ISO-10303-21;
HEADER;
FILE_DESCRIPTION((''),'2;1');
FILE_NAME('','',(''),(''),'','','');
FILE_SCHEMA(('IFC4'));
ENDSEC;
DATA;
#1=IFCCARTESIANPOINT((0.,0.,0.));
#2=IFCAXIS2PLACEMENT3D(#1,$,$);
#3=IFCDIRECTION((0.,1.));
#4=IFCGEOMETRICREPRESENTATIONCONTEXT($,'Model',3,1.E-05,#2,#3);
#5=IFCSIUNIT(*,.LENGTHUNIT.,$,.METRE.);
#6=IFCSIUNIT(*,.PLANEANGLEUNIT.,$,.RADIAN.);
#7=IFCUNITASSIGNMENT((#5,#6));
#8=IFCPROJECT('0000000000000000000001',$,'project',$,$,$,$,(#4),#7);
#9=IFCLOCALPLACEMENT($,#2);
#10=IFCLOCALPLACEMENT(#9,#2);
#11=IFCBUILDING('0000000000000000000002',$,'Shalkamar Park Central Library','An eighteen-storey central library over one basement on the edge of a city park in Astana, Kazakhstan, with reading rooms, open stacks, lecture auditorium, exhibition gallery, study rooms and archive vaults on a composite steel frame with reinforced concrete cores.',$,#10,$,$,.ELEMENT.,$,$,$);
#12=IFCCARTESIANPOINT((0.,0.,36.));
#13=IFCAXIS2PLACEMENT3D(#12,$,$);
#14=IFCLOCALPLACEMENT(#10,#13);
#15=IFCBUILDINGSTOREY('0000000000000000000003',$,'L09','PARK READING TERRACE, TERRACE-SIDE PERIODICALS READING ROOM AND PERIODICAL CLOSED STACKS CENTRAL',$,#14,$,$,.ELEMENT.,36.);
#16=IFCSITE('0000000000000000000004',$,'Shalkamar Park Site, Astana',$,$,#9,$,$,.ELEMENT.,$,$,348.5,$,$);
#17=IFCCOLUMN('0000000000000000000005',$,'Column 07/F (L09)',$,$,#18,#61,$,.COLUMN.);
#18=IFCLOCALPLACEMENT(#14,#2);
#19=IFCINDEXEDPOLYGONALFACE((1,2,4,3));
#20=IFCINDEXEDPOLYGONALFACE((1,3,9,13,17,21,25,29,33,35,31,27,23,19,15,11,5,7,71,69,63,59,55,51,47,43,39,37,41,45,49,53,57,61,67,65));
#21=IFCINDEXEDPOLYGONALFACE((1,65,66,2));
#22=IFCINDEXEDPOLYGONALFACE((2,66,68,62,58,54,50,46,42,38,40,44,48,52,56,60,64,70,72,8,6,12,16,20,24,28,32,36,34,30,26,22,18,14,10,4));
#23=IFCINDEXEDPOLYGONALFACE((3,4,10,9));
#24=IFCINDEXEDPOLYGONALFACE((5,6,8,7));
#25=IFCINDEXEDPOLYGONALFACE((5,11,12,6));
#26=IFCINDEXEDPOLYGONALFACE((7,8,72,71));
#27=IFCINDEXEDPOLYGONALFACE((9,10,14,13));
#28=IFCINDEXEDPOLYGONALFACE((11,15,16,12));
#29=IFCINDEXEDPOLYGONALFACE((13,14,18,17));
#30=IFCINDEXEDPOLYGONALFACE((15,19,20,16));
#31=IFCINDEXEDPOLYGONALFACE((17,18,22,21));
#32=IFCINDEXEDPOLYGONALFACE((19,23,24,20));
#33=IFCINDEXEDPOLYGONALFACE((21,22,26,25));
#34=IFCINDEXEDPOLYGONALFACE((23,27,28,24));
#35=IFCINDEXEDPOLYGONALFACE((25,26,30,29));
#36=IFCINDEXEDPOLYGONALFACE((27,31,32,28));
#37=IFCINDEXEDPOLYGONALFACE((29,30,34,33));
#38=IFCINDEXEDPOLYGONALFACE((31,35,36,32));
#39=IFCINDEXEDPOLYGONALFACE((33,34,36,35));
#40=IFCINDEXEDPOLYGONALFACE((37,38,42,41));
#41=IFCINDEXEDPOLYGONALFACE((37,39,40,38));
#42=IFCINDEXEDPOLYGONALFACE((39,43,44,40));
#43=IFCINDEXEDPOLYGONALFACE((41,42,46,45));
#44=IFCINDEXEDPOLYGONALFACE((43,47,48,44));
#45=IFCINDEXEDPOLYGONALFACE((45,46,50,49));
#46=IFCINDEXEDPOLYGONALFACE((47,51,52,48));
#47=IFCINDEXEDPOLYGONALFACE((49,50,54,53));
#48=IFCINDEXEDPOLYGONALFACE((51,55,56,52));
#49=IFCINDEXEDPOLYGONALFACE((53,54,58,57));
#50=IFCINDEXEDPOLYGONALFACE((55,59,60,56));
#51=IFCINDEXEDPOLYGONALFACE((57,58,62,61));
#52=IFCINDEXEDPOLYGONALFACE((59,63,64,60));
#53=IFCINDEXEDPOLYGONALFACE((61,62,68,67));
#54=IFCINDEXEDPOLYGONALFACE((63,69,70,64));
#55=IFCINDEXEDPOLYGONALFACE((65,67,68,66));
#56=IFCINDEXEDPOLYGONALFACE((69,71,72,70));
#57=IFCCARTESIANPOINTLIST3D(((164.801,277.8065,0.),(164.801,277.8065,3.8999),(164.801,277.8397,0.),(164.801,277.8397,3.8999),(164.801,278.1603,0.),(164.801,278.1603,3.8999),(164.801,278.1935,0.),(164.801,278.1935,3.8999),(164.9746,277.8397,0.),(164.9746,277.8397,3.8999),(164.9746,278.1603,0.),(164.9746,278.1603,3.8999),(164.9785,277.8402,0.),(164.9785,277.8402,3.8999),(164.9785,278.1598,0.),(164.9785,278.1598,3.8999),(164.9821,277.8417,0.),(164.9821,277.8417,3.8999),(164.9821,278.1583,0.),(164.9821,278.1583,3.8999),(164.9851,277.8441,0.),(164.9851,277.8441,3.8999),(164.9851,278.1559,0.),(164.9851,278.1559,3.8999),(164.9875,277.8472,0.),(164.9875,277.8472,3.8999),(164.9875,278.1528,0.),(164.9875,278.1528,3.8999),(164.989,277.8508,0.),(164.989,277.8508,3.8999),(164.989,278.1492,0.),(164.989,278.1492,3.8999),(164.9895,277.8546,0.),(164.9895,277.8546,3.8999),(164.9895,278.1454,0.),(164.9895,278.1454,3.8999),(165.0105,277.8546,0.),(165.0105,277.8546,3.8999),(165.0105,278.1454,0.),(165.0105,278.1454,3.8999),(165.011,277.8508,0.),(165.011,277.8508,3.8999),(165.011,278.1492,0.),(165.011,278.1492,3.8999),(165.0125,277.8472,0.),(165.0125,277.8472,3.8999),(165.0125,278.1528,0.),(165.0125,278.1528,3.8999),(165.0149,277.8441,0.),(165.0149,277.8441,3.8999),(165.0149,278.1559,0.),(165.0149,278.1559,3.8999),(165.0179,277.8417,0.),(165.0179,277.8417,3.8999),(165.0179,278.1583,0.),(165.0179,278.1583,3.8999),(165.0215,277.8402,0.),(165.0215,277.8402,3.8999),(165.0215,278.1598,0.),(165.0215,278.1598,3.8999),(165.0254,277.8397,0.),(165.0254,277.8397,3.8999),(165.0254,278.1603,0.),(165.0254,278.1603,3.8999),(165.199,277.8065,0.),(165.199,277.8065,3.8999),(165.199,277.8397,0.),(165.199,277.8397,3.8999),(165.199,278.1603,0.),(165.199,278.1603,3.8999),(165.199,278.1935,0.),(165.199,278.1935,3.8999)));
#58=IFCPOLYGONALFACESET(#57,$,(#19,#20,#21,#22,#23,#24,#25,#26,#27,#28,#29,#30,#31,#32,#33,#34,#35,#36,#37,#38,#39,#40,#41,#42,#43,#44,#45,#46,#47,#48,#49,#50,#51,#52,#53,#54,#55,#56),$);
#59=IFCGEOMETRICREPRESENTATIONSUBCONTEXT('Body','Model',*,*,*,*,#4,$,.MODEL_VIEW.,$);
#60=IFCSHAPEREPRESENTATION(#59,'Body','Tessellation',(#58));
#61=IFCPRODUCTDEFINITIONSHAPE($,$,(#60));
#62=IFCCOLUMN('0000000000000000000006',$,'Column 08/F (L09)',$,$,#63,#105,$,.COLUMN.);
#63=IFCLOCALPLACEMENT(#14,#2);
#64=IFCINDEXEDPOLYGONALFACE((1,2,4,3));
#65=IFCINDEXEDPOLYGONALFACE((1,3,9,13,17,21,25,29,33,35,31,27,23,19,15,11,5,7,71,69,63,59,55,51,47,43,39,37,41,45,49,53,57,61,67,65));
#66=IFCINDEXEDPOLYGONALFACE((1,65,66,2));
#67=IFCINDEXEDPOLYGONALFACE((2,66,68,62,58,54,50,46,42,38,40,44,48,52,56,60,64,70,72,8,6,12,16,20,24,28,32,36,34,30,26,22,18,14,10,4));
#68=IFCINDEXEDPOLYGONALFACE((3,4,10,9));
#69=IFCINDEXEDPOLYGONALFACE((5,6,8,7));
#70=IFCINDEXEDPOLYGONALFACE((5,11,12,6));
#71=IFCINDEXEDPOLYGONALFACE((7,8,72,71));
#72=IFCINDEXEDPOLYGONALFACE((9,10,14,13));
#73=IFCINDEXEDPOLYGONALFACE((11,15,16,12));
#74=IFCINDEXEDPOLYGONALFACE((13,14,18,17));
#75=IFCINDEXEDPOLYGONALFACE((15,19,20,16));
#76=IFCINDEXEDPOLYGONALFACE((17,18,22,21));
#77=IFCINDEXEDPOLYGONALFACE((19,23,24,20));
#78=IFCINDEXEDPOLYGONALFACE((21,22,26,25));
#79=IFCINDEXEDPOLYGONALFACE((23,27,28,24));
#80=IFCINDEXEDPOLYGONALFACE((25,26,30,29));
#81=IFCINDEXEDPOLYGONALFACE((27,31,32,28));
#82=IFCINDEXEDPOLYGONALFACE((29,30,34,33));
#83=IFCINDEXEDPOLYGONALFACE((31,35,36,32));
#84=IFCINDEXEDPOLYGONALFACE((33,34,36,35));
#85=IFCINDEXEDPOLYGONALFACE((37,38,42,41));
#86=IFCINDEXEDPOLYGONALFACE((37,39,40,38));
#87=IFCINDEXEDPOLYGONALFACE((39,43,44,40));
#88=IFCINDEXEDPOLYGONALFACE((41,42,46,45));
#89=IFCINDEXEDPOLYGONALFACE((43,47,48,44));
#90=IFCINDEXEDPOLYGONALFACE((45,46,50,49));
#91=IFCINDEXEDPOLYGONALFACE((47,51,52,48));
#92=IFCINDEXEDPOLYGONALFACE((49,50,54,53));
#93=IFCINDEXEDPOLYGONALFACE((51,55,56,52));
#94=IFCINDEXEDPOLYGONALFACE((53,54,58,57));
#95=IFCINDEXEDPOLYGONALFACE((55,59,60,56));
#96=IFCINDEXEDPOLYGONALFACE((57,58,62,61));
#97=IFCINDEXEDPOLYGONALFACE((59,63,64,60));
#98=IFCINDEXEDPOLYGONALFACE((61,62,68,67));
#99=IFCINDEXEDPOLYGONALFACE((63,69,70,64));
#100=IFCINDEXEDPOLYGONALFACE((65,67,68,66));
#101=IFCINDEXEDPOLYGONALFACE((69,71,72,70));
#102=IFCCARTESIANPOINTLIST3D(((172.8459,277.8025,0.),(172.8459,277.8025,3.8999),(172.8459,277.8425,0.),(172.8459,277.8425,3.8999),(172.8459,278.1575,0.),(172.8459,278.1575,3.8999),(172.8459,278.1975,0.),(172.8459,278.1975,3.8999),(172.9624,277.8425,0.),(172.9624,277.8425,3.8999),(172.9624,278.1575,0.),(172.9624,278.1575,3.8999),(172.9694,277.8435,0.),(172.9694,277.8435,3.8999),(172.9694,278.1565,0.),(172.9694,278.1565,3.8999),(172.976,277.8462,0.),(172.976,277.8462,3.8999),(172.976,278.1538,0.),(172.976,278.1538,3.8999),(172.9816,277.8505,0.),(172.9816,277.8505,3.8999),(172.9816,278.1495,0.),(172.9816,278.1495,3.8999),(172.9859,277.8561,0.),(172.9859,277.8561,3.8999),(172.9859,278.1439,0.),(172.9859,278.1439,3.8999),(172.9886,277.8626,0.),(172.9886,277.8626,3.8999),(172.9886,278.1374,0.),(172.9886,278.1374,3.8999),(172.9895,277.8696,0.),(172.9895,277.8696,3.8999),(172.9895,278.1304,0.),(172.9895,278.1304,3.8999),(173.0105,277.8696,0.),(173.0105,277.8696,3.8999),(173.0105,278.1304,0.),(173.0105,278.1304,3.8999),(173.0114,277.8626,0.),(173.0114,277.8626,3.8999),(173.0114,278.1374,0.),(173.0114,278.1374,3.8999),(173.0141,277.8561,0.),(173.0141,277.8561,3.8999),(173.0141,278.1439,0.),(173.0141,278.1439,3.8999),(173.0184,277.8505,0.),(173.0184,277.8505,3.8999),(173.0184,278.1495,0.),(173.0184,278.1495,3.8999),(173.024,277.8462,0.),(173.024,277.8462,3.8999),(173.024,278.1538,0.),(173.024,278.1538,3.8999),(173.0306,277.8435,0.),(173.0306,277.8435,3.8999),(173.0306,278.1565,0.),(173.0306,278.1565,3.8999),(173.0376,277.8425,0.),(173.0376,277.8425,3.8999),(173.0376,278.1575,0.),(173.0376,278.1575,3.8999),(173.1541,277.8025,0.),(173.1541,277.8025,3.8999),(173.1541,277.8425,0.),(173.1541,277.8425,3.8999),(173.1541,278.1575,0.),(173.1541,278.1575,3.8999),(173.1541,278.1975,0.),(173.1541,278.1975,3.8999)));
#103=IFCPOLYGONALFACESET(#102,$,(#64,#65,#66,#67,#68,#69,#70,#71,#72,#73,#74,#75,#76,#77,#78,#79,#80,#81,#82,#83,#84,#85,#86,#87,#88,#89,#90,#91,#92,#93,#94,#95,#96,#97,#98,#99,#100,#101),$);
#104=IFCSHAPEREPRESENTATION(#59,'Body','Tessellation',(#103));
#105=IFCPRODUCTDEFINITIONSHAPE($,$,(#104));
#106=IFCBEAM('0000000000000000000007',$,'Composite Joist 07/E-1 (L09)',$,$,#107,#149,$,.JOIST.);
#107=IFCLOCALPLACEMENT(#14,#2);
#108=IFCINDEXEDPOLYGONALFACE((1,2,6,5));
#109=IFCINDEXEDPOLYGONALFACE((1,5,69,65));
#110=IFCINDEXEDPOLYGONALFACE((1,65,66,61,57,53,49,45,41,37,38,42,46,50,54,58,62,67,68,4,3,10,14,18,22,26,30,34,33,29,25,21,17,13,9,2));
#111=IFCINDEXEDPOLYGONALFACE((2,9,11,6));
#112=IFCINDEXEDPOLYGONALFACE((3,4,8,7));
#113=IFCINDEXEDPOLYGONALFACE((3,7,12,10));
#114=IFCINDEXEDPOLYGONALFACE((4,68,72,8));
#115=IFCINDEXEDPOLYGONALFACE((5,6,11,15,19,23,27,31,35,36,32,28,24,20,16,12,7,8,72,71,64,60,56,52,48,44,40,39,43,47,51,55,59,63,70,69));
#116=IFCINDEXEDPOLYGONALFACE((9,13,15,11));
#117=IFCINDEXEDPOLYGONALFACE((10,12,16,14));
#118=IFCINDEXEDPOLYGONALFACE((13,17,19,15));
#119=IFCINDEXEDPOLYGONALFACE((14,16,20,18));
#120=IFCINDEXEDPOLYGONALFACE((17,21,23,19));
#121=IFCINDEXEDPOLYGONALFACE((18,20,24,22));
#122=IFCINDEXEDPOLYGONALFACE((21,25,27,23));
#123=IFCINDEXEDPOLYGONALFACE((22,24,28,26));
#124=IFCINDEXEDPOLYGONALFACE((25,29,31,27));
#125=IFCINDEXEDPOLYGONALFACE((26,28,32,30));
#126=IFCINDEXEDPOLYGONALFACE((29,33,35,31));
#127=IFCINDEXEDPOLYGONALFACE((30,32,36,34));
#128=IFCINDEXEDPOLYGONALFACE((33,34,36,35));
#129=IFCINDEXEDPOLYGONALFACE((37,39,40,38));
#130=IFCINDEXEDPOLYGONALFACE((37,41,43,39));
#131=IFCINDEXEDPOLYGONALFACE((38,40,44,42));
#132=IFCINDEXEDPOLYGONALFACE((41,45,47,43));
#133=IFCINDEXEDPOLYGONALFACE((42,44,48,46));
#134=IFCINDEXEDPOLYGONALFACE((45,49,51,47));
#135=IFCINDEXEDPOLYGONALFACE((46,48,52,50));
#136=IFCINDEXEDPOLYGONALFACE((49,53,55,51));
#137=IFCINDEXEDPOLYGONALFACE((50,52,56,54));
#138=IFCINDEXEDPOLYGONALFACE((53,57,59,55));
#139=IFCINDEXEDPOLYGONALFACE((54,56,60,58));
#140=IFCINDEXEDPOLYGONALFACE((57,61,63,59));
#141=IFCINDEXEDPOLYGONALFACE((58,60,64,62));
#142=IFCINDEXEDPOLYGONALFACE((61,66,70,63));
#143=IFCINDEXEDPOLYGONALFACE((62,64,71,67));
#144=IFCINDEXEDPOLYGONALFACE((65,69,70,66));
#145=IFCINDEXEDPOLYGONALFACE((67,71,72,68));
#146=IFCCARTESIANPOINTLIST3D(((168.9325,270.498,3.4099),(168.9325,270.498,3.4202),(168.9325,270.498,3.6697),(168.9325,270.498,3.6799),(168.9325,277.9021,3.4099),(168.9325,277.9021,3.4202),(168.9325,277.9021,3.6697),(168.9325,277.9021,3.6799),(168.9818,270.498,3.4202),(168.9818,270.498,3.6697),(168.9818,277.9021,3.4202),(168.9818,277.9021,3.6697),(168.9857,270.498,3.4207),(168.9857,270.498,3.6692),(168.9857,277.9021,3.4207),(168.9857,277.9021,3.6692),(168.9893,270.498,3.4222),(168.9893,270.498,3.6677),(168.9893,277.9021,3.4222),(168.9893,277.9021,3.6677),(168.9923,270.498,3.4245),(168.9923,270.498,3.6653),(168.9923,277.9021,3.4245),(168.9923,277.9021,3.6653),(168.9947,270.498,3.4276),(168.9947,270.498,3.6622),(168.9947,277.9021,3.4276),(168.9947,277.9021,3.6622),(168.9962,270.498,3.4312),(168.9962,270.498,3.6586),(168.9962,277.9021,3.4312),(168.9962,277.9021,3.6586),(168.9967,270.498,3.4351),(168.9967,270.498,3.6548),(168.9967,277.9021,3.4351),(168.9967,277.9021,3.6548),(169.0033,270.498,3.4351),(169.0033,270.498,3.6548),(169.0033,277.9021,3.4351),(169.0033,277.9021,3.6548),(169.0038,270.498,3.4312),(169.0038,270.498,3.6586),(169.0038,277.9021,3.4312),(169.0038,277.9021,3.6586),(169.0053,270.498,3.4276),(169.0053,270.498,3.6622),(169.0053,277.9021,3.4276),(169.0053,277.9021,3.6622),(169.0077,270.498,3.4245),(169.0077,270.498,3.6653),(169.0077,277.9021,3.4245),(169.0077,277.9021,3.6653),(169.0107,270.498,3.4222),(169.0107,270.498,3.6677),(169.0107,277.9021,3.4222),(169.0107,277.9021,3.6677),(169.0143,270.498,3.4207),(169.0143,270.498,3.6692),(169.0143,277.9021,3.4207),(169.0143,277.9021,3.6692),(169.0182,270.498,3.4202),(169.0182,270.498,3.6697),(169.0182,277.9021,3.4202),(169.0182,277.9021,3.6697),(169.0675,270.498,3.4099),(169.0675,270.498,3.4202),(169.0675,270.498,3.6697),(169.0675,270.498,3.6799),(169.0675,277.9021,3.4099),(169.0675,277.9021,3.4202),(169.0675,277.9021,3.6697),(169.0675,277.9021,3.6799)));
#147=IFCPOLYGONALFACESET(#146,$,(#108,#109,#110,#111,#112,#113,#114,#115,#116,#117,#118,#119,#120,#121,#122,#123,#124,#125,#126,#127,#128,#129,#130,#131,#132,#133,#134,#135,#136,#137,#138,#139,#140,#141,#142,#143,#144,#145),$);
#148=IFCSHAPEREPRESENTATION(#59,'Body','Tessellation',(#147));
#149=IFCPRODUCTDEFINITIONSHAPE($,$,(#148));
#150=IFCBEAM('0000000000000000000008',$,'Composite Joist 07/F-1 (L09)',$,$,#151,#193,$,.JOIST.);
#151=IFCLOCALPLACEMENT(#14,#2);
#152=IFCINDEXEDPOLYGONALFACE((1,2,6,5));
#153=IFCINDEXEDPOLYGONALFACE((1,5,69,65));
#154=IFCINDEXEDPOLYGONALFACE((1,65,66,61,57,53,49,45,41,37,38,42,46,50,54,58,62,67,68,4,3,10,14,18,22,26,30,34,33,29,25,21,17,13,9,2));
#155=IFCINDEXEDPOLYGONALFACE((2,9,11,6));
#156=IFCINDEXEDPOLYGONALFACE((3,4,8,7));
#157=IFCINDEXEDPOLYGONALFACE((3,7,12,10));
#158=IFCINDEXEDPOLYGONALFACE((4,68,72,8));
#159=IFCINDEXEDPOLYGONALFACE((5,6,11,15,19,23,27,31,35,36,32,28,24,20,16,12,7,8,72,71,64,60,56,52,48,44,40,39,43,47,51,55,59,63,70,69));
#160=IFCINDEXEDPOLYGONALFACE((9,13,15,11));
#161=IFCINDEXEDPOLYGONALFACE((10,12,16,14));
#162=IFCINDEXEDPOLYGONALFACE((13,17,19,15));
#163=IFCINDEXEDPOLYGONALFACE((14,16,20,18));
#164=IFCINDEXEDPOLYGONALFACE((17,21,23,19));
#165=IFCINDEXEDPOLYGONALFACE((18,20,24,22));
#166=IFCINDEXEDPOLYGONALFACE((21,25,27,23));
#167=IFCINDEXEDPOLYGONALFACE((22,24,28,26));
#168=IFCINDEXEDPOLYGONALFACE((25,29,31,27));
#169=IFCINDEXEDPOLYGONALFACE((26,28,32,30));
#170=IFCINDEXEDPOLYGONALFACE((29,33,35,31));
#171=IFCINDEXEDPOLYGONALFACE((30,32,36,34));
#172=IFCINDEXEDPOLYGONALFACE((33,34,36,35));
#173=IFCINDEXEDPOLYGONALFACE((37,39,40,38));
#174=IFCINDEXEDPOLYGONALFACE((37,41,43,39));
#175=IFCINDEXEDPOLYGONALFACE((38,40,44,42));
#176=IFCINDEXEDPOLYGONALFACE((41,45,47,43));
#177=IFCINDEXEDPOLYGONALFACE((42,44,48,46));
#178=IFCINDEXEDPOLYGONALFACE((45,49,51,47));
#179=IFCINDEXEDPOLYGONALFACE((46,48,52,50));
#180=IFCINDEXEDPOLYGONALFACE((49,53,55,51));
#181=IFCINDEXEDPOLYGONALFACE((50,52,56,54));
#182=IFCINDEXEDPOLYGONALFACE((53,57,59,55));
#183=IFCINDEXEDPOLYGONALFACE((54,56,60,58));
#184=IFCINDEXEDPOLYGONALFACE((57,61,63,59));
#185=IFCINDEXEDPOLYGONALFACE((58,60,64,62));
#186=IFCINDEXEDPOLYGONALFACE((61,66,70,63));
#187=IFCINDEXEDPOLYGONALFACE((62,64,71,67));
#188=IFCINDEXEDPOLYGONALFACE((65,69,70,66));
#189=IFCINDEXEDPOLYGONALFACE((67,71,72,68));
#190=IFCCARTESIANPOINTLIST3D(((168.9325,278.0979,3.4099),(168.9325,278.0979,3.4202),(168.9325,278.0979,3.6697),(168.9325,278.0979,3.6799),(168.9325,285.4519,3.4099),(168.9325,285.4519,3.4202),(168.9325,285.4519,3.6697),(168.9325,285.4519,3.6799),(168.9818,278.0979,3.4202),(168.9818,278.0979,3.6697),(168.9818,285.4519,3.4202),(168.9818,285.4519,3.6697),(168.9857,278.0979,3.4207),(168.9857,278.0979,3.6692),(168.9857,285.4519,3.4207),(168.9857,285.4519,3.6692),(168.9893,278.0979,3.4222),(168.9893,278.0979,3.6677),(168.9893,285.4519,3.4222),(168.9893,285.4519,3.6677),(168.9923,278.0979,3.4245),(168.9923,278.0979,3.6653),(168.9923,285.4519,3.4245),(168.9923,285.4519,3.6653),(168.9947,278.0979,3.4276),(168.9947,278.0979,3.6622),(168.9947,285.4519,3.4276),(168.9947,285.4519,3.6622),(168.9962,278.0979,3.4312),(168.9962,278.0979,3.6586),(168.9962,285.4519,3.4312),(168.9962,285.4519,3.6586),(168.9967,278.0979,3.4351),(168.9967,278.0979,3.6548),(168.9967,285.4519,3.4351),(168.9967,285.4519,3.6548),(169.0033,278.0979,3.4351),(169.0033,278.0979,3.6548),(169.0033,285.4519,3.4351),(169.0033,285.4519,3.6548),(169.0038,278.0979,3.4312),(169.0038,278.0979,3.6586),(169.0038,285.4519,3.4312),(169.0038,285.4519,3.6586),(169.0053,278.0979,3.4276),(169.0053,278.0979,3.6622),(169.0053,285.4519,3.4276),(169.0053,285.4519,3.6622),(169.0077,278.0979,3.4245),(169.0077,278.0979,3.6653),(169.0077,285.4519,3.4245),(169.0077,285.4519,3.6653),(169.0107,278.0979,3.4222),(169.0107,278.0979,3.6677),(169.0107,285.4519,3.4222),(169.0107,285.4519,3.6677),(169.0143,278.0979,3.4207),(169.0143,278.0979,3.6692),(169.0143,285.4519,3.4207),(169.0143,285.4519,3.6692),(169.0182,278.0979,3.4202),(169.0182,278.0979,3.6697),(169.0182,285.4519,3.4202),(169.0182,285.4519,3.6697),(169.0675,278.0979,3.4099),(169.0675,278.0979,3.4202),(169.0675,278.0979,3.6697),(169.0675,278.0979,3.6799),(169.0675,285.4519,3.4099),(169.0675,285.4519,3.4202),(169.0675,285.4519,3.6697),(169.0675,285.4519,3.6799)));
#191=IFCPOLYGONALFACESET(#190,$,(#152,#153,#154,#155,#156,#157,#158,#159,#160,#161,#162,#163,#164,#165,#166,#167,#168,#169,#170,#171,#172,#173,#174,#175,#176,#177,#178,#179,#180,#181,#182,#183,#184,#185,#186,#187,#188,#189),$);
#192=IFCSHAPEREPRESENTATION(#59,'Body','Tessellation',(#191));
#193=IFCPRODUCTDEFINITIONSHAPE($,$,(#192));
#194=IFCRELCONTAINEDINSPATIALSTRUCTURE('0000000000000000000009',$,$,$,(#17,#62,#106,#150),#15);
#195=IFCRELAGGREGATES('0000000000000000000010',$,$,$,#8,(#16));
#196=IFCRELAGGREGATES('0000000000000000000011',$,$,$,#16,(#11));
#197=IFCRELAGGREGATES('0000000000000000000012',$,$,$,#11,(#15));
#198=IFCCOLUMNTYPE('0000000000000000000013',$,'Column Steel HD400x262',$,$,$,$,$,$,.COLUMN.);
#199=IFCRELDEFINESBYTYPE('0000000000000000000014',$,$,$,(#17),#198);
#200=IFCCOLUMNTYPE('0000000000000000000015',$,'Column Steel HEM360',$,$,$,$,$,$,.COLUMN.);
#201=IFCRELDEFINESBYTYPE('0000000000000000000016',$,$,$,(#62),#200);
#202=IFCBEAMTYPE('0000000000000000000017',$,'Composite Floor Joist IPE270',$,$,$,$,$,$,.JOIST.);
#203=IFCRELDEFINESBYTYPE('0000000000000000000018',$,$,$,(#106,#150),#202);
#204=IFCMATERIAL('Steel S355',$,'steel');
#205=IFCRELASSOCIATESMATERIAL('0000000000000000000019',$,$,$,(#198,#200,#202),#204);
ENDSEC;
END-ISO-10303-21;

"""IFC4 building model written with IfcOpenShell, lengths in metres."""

from ifc_helpers import new_model, si_unit, direction, frame, origin, origin_2d, place, context, subcontext, project, spatial, i_section, extrude, material, material_profile, profile_set, type_object, element, save


model = new_model("IFC4")

# Units and contexts
model_context = context("Model", 3, precision=1e-05, world=origin(), true_north=direction((0.0, 1.0)))
body_context = subcontext(model_context, "Body", "Model", "MODEL_VIEW")
ifc_project = project(units=[si_unit("LENGTHUNIT", "METRE"), si_unit("PLANEANGLEUNIT", "RADIAN")], contexts=[model_context])

# Site, building, storey
site_placement = place(None, origin())
site = spatial("IfcSite", under=ifc_project, at=site_placement, Name="Shalkamar Park Site, Astana", CompositionType="ELEMENT", RefElevation=348.5)
building_placement = place(site_placement, origin())
building = spatial("IfcBuilding", under=site, at=building_placement, Name="Shalkamar Park Central Library", Description="An eighteen-storey central library over one basement on the edge of a city park in Astana, Kazakhstan, with reading rooms, open stacks, lecture auditorium, exhibition gallery, study rooms and archive vaults on a composite steel frame with reinforced concrete cores.", CompositionType="ELEMENT")
storey_placement = place(building_placement, frame((0.0, 0.0, 36.0)))
storey = spatial("IfcBuildingStorey", under=building, at=storey_placement, Name="L09", Description="PARK READING TERRACE, TERRACE-SIDE PERIODICALS READING ROOM AND PERIODICAL CLOSED STACKS CENTRAL", CompositionType="ELEMENT", Elevation=36.0)

# Columns
ifc_material_1 = material(Name="Steel S355", Category="steel")
ifc_material_profile_1 = material_profile(ifc_material_1, i_section(OverallWidth=0.3979, OverallDepth=0.387, WebThickness=0.021, FlangeThickness=0.0332, FilletRadius=0.0149, at=origin_2d()), Name="HD 400x262")
ifc_profile_set_1 = profile_set([ifc_material_profile_1], Name="Steel S355")
column_type_1 = type_object("IfcColumnType", Name="Column Steel HD400x262", PredefinedType="COLUMN", material=ifc_profile_set_1)
column_1_placement = place(storey_placement, frame((165.0, 278.0, 0.0), z_axis=(0.0, 0.0, 1.0), x_axis=(1.0, 0.0, 0.0)))
element("IfcColumn", 1, at=column_1_placement, inside=storey, type_object=column_type_1, Name="Column 07/F (L09)", PredefinedType="COLUMN", context=body_context, shape_type="SweptSolid", body=[
    extrude(i_section(OverallWidth=0.3979, OverallDepth=0.387, WebThickness=0.021, FlangeThickness=0.0332, FilletRadius=0.0149, at=origin_2d()), origin(), (0.0, 0.0, 1.0), 3.8999),
])
ifc_material_profile_2 = material_profile(ifc_material_1, i_section(OverallWidth=0.3081, OverallDepth=0.395, WebThickness=0.021, FlangeThickness=0.04, FilletRadius=0.0271, at=origin_2d()), Name="HEM 360")
ifc_profile_set_2 = profile_set([ifc_material_profile_2], Name="Steel S355")
column_type_2 = type_object("IfcColumnType", Name="Column Steel HEM360", PredefinedType="COLUMN", material=ifc_profile_set_2)
column_2_placement = place(storey_placement, frame((173.0, 278.0, 0.0), z_axis=(0.0, 0.0, 1.0), x_axis=(1.0, 0.0, 0.0)))
element("IfcColumn", 2, at=column_2_placement, inside=storey, type_object=column_type_2, Name="Column 08/F (L09)", PredefinedType="COLUMN", context=body_context, shape_type="SweptSolid", body=[
    extrude(i_section(OverallWidth=0.3081, OverallDepth=0.395, WebThickness=0.021, FlangeThickness=0.04, FilletRadius=0.0271, at=origin_2d()), origin(), (0.0, 0.0, 1.0), 3.8999),
])

# Beams
ifc_material_profile_3 = material_profile(ifc_material_1, i_section(OverallWidth=0.135, OverallDepth=0.27, WebThickness=0.0066, FlangeThickness=0.0103, FilletRadius=0.0149, at=origin_2d()), Name="IPE 270")
ifc_profile_set_3 = profile_set([ifc_material_profile_3], Name="Steel S355")
beam_type_1 = type_object("IfcBeamType", Name="Composite Floor Joist IPE270", PredefinedType="JOIST", material=ifc_profile_set_3)
beam_1_placement = place(storey_placement, frame((169.0, 270.498, 3.5449), z_axis=(0.0, 1.0, 0.0), x_axis=(-1.0, 0.0, 0.0)))
element("IfcBeam", 3, at=beam_1_placement, inside=storey, type_object=beam_type_1, Name="Composite Joist 07/E-1 (L09)", PredefinedType="JOIST", context=body_context, shape_type="SweptSolid", body=[
    extrude(i_section(OverallWidth=0.135, OverallDepth=0.27, WebThickness=0.0066, FlangeThickness=0.0103, FilletRadius=0.0149, at=origin_2d()), origin(), (0.0, 0.0, 1.0), 7.4041),
])
beam_2_placement = place(storey_placement, frame((169.0, 278.0979, 3.5449), z_axis=(0.0, 1.0, 0.0), x_axis=(-1.0, 0.0, 0.0)))
element("IfcBeam", 4, at=beam_2_placement, inside=storey, type_object=beam_type_1, Name="Composite Joist 07/F-1 (L09)", PredefinedType="JOIST", context=body_context, shape_type="SweptSolid", body=[
    extrude(i_section(OverallWidth=0.135, OverallDepth=0.27, WebThickness=0.0066, FlangeThickness=0.0103, FilletRadius=0.0149, at=origin_2d()), origin(), (0.0, 0.0, 1.0), 7.354),
])

save(model, "model.ifc")
